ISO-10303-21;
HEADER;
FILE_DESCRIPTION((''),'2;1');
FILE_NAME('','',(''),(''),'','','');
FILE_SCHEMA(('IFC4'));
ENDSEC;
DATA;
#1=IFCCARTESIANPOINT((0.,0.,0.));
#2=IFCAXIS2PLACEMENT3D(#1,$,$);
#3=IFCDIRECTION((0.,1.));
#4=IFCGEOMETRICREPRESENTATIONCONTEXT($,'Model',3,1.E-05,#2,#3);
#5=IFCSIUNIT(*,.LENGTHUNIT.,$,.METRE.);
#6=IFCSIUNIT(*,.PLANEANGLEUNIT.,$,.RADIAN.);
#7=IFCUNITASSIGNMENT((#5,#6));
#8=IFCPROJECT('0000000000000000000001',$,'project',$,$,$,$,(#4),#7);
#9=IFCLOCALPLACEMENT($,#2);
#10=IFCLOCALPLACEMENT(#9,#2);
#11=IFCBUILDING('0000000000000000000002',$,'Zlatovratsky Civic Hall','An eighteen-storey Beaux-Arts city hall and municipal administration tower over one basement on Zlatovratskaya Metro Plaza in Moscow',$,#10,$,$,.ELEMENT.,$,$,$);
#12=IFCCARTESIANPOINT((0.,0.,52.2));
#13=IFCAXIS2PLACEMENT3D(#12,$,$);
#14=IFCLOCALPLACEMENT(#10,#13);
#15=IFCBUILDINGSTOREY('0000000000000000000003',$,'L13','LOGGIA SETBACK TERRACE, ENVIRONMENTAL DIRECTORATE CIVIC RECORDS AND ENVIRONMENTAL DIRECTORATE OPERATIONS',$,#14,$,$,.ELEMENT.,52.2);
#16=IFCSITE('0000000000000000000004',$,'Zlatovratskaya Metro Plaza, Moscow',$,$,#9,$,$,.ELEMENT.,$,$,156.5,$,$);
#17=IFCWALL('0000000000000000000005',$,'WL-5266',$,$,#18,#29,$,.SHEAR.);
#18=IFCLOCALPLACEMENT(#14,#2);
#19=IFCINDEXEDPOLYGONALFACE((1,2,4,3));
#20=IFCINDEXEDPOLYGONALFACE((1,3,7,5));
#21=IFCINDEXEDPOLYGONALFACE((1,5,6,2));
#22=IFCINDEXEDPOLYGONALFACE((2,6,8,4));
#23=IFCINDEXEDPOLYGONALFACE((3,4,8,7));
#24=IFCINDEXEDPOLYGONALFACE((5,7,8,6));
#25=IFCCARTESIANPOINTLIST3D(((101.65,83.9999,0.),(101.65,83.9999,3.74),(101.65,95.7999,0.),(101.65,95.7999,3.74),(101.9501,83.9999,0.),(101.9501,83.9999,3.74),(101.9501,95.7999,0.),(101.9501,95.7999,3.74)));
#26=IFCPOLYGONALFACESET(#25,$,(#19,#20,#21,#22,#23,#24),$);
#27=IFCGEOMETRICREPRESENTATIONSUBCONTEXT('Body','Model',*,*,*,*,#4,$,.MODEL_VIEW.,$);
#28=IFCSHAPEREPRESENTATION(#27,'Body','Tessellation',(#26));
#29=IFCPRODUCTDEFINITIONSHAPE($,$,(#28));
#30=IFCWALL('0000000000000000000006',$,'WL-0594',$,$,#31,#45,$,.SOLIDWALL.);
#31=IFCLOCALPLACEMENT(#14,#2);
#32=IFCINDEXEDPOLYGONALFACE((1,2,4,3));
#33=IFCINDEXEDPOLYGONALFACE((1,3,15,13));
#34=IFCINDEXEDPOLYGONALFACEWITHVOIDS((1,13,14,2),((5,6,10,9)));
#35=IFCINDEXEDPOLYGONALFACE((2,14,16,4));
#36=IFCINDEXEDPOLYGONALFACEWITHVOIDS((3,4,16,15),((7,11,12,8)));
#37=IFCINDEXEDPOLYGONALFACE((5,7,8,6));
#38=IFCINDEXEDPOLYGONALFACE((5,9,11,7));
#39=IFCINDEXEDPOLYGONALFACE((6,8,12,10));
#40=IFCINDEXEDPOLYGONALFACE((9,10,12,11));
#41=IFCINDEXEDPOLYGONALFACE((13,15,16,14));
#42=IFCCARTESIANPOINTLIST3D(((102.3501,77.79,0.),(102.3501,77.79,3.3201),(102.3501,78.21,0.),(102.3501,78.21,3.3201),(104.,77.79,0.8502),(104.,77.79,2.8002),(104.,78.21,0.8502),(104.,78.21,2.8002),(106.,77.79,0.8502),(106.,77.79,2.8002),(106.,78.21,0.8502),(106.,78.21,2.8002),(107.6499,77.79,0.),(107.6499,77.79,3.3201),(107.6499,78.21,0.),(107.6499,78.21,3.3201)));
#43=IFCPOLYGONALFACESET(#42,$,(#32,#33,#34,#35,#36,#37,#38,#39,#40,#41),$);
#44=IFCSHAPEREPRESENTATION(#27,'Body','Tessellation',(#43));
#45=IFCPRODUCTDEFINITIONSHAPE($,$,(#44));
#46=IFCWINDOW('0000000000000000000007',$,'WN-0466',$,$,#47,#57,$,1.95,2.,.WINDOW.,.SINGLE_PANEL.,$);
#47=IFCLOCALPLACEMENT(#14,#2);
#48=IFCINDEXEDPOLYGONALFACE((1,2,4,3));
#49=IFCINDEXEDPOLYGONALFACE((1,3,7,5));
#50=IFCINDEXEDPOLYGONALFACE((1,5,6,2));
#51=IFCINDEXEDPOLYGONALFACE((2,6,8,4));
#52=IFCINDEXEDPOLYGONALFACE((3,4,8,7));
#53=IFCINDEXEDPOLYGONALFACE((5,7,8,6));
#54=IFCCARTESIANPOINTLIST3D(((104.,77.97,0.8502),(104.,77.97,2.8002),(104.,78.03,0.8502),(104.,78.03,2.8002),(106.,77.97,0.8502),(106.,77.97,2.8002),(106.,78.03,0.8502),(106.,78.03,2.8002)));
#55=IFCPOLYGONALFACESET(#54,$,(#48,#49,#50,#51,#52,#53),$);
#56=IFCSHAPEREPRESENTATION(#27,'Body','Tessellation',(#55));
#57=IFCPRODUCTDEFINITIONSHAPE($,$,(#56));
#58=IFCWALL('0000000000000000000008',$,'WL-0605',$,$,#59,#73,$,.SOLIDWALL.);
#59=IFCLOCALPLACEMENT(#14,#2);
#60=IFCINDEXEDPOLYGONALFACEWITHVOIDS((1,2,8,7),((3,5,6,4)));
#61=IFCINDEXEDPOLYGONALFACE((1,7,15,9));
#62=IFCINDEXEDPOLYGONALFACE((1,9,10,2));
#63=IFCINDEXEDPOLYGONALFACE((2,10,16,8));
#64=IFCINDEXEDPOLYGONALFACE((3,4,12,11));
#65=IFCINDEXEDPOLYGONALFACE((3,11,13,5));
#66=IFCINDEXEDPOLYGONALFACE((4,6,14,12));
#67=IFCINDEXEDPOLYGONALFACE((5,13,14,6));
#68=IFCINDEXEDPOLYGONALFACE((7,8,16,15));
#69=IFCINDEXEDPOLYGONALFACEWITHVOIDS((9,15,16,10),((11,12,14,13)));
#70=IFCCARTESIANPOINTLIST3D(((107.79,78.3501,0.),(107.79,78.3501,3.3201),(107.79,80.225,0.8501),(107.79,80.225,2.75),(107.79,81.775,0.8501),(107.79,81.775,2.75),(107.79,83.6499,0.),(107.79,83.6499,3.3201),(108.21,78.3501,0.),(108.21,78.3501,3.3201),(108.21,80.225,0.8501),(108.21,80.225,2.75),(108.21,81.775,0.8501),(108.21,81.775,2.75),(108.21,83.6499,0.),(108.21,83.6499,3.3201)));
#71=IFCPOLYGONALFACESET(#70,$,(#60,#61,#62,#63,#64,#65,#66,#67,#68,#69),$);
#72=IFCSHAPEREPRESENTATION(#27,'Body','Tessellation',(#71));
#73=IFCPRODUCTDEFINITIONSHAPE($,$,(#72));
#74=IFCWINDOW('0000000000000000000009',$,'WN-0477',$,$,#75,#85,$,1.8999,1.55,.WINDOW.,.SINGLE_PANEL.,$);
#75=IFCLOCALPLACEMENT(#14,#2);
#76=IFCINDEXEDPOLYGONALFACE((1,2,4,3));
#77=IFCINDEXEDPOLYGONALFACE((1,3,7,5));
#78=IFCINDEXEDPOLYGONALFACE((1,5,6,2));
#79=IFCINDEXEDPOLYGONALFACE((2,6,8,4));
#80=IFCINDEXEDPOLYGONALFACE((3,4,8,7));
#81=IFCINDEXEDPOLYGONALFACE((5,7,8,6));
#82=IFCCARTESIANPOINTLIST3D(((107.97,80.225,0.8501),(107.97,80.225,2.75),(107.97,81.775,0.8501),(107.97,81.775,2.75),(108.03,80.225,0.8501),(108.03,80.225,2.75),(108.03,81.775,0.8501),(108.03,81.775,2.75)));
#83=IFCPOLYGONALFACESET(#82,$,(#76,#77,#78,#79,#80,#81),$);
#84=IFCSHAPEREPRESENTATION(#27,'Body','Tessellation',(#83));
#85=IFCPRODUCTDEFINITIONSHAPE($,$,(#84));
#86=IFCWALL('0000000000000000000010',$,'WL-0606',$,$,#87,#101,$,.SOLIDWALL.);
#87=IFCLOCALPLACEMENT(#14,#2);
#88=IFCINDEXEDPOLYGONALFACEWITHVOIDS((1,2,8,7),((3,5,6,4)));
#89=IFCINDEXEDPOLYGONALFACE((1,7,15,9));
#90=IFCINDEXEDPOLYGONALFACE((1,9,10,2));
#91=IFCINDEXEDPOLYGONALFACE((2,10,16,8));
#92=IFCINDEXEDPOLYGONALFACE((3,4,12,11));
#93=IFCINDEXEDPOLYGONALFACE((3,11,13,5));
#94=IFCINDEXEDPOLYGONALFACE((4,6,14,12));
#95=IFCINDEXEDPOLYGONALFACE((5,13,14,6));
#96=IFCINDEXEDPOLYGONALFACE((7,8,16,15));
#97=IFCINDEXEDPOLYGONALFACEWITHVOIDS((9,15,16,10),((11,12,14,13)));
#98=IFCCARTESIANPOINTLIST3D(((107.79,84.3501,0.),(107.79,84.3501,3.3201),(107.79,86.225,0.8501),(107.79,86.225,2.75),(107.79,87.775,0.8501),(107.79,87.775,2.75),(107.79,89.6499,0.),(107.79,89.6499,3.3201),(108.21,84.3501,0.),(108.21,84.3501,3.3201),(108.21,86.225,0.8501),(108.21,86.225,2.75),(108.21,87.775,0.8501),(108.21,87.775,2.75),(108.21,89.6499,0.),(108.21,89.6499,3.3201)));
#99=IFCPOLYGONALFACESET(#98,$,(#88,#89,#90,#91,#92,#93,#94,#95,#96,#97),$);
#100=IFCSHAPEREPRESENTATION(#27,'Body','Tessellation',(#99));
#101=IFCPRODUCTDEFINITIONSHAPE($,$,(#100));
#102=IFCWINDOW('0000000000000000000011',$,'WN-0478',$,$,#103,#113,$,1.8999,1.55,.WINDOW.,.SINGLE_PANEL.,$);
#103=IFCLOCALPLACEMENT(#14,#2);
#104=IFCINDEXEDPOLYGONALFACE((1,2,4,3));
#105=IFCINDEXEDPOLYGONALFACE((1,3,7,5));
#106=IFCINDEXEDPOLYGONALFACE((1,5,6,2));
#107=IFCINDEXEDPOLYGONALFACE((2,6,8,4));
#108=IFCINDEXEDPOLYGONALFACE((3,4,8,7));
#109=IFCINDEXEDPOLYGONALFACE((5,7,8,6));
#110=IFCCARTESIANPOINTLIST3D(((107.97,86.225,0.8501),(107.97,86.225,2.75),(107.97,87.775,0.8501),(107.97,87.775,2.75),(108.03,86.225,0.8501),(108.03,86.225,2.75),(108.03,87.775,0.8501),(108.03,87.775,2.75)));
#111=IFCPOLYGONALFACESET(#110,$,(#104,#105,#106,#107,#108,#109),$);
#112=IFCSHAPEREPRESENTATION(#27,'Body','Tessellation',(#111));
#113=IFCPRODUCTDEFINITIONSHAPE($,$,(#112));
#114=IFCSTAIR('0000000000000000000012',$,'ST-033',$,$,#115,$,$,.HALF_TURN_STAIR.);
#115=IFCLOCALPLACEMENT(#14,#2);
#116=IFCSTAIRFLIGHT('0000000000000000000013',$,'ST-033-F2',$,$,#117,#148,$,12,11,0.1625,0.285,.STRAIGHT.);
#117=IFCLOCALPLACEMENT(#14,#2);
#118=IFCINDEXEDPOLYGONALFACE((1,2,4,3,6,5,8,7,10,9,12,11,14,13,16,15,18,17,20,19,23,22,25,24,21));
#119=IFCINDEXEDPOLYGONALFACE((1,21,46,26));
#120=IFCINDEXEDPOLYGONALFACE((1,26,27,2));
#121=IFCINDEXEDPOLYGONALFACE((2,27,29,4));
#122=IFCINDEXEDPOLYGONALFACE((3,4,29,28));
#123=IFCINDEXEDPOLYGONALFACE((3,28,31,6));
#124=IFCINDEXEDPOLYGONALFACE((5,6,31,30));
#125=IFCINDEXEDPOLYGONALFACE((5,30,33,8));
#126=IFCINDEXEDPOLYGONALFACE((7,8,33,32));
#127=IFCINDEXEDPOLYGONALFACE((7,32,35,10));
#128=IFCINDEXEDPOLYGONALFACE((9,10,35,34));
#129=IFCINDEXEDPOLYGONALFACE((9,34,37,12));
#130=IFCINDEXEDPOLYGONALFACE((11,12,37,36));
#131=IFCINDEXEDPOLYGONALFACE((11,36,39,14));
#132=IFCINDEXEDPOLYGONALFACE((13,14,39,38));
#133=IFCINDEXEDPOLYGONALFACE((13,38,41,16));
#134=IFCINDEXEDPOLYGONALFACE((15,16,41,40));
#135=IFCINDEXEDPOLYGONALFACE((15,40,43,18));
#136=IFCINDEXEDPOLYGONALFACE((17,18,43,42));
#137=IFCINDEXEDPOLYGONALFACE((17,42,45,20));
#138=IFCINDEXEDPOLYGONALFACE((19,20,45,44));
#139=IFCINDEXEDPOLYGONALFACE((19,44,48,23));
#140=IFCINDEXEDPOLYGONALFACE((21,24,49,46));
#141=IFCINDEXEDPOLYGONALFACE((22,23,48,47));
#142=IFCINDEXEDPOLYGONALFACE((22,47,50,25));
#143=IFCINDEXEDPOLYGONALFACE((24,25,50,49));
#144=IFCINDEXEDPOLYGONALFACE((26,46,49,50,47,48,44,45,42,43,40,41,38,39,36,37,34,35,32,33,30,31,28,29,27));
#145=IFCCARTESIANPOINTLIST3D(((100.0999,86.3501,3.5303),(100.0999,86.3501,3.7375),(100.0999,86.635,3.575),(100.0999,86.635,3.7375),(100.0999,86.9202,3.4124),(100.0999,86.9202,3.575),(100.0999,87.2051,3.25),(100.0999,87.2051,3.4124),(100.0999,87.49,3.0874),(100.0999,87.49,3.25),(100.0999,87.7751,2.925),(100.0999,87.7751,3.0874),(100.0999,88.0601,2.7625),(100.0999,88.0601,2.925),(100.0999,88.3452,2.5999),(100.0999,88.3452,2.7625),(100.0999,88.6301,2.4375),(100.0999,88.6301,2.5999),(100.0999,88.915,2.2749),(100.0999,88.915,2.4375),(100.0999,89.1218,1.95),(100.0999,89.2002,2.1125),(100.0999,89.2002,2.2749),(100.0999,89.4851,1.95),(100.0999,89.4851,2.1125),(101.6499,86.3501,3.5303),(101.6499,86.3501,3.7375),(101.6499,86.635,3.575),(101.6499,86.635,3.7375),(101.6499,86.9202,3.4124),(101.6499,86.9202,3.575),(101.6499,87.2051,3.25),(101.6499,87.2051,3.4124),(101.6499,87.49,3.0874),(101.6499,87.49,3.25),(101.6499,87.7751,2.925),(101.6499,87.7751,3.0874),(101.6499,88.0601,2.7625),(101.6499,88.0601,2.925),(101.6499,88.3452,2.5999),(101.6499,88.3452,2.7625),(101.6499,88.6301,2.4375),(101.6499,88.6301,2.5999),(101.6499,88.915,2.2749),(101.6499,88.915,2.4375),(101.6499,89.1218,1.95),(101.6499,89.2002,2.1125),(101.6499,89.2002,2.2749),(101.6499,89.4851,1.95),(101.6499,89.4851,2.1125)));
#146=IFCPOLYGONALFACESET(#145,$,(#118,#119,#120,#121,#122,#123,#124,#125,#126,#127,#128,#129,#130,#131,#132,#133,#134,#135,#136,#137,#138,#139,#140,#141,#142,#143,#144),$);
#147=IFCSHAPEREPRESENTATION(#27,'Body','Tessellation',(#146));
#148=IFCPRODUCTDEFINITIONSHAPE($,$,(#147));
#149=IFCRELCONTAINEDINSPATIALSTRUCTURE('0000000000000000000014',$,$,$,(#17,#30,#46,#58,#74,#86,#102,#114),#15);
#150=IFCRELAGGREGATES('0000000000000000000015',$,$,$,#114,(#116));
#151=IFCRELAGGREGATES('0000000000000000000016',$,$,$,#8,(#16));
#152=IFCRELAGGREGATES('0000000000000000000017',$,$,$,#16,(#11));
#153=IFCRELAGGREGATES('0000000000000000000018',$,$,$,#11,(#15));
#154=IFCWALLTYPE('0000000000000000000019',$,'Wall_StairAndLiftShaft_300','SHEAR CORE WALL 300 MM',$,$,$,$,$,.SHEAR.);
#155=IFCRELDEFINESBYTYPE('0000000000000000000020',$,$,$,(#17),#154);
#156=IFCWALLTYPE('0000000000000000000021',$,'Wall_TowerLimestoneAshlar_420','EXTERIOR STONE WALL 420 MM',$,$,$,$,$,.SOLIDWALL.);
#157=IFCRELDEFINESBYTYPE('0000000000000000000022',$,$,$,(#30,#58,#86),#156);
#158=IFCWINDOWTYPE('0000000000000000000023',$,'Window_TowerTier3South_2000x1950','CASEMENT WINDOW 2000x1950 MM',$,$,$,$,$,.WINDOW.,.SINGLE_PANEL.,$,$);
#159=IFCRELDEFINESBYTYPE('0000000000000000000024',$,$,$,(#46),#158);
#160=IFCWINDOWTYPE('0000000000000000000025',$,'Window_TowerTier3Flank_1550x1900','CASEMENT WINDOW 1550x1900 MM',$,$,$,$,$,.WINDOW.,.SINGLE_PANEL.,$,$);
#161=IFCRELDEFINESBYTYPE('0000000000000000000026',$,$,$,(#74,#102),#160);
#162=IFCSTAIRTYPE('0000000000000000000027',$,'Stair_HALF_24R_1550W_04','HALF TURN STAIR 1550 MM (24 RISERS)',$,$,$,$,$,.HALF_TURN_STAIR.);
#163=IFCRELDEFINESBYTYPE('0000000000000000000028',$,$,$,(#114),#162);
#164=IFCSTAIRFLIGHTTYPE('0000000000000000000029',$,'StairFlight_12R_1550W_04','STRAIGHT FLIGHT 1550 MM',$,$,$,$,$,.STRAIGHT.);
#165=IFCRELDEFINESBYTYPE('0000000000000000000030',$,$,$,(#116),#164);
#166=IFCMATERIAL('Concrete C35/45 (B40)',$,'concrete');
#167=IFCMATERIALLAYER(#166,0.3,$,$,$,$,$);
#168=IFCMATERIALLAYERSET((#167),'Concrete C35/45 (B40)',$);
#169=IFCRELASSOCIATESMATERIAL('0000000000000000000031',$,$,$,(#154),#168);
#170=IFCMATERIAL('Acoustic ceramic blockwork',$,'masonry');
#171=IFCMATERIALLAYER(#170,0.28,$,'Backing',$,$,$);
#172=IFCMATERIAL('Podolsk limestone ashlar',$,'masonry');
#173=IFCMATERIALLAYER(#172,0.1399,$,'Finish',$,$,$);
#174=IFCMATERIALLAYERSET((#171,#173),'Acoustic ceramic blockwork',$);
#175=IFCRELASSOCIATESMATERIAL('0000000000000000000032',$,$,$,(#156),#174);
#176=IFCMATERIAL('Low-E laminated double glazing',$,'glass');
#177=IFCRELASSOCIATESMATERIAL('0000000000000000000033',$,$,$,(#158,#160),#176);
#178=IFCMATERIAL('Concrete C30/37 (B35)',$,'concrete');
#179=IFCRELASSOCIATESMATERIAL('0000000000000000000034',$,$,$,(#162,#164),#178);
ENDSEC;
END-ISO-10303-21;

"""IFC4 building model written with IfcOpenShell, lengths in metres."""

from ifc_helpers import new_model, si_unit, direction, frame, frame_2d, origin, place, context, subcontext, project, spatial, polyline, rectangle, outline, extrude, material, layer, layer_set, type_object, element, fill, aggregate, save


model = new_model("IFC4")

# Units and contexts
model_context = context("Model", 3, precision=1e-05, world=origin(), true_north=direction((0.0, 1.0)))
body_context = subcontext(model_context, "Body", "Model", "MODEL_VIEW")
ifc_project = project(units=[si_unit("LENGTHUNIT", "METRE"), si_unit("PLANEANGLEUNIT", "RADIAN")], contexts=[model_context])

# Site, building, storey
site_placement = place(None, origin())
site = spatial("IfcSite", under=ifc_project, at=site_placement, Name="Zlatovratskaya Metro Plaza, Moscow", CompositionType="ELEMENT", RefElevation=156.5)
building_placement = place(site_placement, origin())
building = spatial("IfcBuilding", under=site, at=building_placement, Name="Zlatovratsky Civic Hall", Description="An eighteen-storey Beaux-Arts city hall and municipal administration tower over one basement on Zlatovratskaya Metro Plaza in Moscow", CompositionType="ELEMENT")
storey_placement = place(building_placement, frame((0.0, 0.0, 52.2)))
storey = spatial("IfcBuildingStorey", under=building, at=storey_placement, Name="L13", Description="LOGGIA SETBACK TERRACE, ENVIRONMENTAL DIRECTORATE CIVIC RECORDS AND ENVIRONMENTAL DIRECTORATE OPERATIONS", CompositionType="ELEMENT", Elevation=52.2)

# Shared definitions
ifc_material_1 = material(Name="Concrete C35/45 (B40)", Category="concrete")

# Wall
ifc_layer_1 = layer(ifc_material_1, 0.3)
ifc_layer_set_1 = layer_set([ifc_layer_1], Name="Concrete C35/45 (B40)")
wall_type_1 = type_object("IfcWallType", Name="Wall_StairAndLiftShaft_300", Description="SHEAR CORE WALL 300 MM", PredefinedType="SHEAR", material=ifc_layer_set_1)
wall_1_placement = place(storey_placement, frame((101.8, 84.0, 0.0), z_axis=(0.0, 0.0, 1.0), x_axis=(0.0, 1.0, 0.0)))
element("IfcWall", 1, at=wall_1_placement, inside=storey, type_object=wall_type_1, Name="WL-5266", PredefinedType="SHEAR", context=body_context, shape_type="SweptSolid", body=[
    extrude(rectangle(XDim=11.8, YDim=0.3, at=frame_2d((5.8999, 0.0))), origin(), (0.0, 0.0, 1.0), 3.74),
])

# Walls, openings, windows
ifc_material_2 = material(Name="Acoustic ceramic blockwork", Category="masonry")
ifc_layer_2 = layer(ifc_material_2, 0.28, Name="Backing")
ifc_material_3 = material(Name="Podolsk limestone ashlar", Category="masonry")
ifc_layer_3 = layer(ifc_material_3, 0.1399, Name="Finish")
ifc_layer_set_2 = layer_set([ifc_layer_2, ifc_layer_3], Name="Acoustic ceramic blockwork")
wall_type_2 = type_object("IfcWallType", Name="Wall_TowerLimestoneAshlar_420", Description="EXTERIOR STONE WALL 420 MM", PredefinedType="SOLIDWALL", material=ifc_layer_set_2)
wall_2_placement = place(storey_placement, frame((102.3501, 78.0, 0.0), z_axis=(0.0, 0.0, 1.0), x_axis=(1.0, 0.0, 0.0)))
wall_2 = element("IfcWall", 2, at=wall_2_placement, inside=storey, type_object=wall_type_2, Name="WL-0594", PredefinedType="SOLIDWALL", context=body_context, shape_type="SweptSolid", body=[
    extrude(rectangle(XDim=5.2998, YDim=0.4199, at=frame_2d((2.6499, 0.0))), origin(), (0.0, 0.0, 1.0), 3.3201),
])
opening_1_placement = place(wall_2_placement, frame((1.6499, 0.0, 0.8501)))
opening_1 = element("IfcOpeningElement", 3, at=opening_1_placement, cuts=wall_2, PredefinedType="OPENING", context=body_context, shape_type="SweptSolid", body=[
    extrude(rectangle(XDim=2.0, YDim=1.95, at=frame_2d((1.0, 0.9751))), frame((0.0, 0.2249, 0.0), z_axis=(0.0, -1.0, 0.0), x_axis=(1.0, 0.0, 0.0)), (0.0, 0.0, 1.0), 0.4497),
])
ifc_material_4 = material(Name="Low-E laminated double glazing", Category="glass")
window_type_1 = type_object("IfcWindowType", Name="Window_TowerTier3South_2000x1950", Description="CASEMENT WINDOW 2000x1950 MM", PartitioningType="SINGLE_PANEL", PredefinedType="WINDOW", material=ifc_material_4)
window_1_placement = place(opening_1_placement, origin())
window_1 = element("IfcWindow", 4, at=window_1_placement, inside=storey, type_object=window_type_1, Name="WN-0466", OverallHeight=1.95, OverallWidth=2.0, PartitioningType="SINGLE_PANEL", PredefinedType="WINDOW", context=body_context, shape_type="SweptSolid", body=[
    extrude(rectangle(XDim=2.0, YDim=1.95, at=frame_2d((1.0, 0.9751))), frame((0.0, 0.03, 0.0), z_axis=(0.0, -1.0, 0.0), x_axis=(1.0, 0.0, 0.0)), (0.0, 0.0, 1.0), 0.0601),
])
fill(opening_1, window_1)
wall_3_placement = place(storey_placement, frame((108.0, 78.3501, 0.0), z_axis=(0.0, 0.0, 1.0), x_axis=(0.0, 1.0, 0.0)))
wall_3 = element("IfcWall", 5, at=wall_3_placement, inside=storey, type_object=wall_type_2, Name="WL-0605", PredefinedType="SOLIDWALL", context=body_context, shape_type="SweptSolid", body=[
    extrude(rectangle(XDim=5.2998, YDim=0.4199, at=frame_2d((2.6499, 0.0))), origin(), (0.0, 0.0, 1.0), 3.3201),
])
opening_2_placement = place(wall_3_placement, frame((1.875, 0.0, 0.8501)))
opening_2 = element("IfcOpeningElement", 6, at=opening_2_placement, cuts=wall_3, PredefinedType="OPENING", context=body_context, shape_type="SweptSolid", body=[
    extrude(rectangle(XDim=1.55, YDim=1.8999, at=frame_2d((0.7749, 0.95))), frame((0.0, 0.2249, 0.0), z_axis=(0.0, -1.0, 0.0), x_axis=(1.0, 0.0, 0.0)), (0.0, 0.0, 1.0), 0.4497),
])
window_type_2 = type_object("IfcWindowType", Name="Window_TowerTier3Flank_1550x1900", Description="CASEMENT WINDOW 1550x1900 MM", PartitioningType="SINGLE_PANEL", PredefinedType="WINDOW", material=ifc_material_4)
window_2_placement = place(opening_2_placement, origin())
window_2 = element("IfcWindow", 7, at=window_2_placement, inside=storey, type_object=window_type_2, Name="WN-0477", OverallHeight=1.8999, OverallWidth=1.55, PartitioningType="SINGLE_PANEL", PredefinedType="WINDOW", context=body_context, shape_type="SweptSolid", body=[
    extrude(rectangle(XDim=1.55, YDim=1.8999, at=frame_2d((0.7749, 0.95))), frame((0.0, 0.03, 0.0), z_axis=(0.0, -1.0, 0.0), x_axis=(1.0, 0.0, 0.0)), (0.0, 0.0, 1.0), 0.0601),
])
fill(opening_2, window_2)
wall_4_placement = place(storey_placement, frame((108.0, 84.3501, 0.0), z_axis=(0.0, 0.0, 1.0), x_axis=(0.0, 1.0, 0.0)))
wall_4 = element("IfcWall", 8, at=wall_4_placement, inside=storey, type_object=wall_type_2, Name="WL-0606", PredefinedType="SOLIDWALL", context=body_context, shape_type="SweptSolid", body=[
    extrude(rectangle(XDim=5.2998, YDim=0.4199, at=frame_2d((2.6499, 0.0))), origin(), (0.0, 0.0, 1.0), 3.3201),
])
opening_3_placement = place(wall_4_placement, frame((1.875, 0.0, 0.8501)))
opening_3 = element("IfcOpeningElement", 9, at=opening_3_placement, cuts=wall_4, PredefinedType="OPENING", context=body_context, shape_type="SweptSolid", body=[
    extrude(rectangle(XDim=1.55, YDim=1.8999, at=frame_2d((0.7749, 0.95))), frame((0.0, 0.2249, 0.0), z_axis=(0.0, -1.0, 0.0), x_axis=(1.0, 0.0, 0.0)), (0.0, 0.0, 1.0), 0.4497),
])
window_3_placement = place(opening_3_placement, origin())
window_3 = element("IfcWindow", 10, at=window_3_placement, inside=storey, type_object=window_type_2, Name="WN-0478", OverallHeight=1.8999, OverallWidth=1.55, PartitioningType="SINGLE_PANEL", PredefinedType="WINDOW", context=body_context, shape_type="SweptSolid", body=[
    extrude(rectangle(XDim=1.55, YDim=1.8999, at=frame_2d((0.7749, 0.95))), frame((0.0, 0.03, 0.0), z_axis=(0.0, -1.0, 0.0), x_axis=(1.0, 0.0, 0.0)), (0.0, 0.0, 1.0), 0.0601),
])
fill(opening_3, window_3)

# Stair, stair flight
ifc_material_5 = material(Name="Concrete C30/37 (B35)", Category="concrete")
stair_type = type_object("IfcStairType", Name="Stair_HALF_24R_1550W_04", Description="HALF TURN STAIR 1550 MM (24 RISERS)", PredefinedType="HALF_TURN_STAIR", material=ifc_material_5)
stair_placement = place(storey_placement, origin())
stair = element("IfcStair", 11, at=stair_placement, inside=storey, type_object=stair_type, Name="ST-033", PredefinedType="HALF_TURN_STAIR")
stair_flight_type = type_object("IfcStairFlightType", Name="StairFlight_12R_1550W_04", Description="STRAIGHT FLIGHT 1550 MM", PredefinedType="STRAIGHT", material=ifc_material_5)
stair_flight_placement = place(storey_placement, frame((100.875, 89.4851, 1.95), z_axis=(0.0, 0.0, 1.0), x_axis=(0.0, -1.0, 0.0)))
stair_flight = element("IfcStairFlight", 12, at=stair_flight_placement, type_object=stair_flight_type, Name="ST-033-F2", NumberOfRisers=12, NumberOfTreads=11, PredefinedType="STRAIGHT", RiserHeight=0.1625, TreadLength=0.285, context=body_context, shape_type="SweptSolid", body=[
    extrude(outline(polyline([(0.0, 0.0), (0.0, 0.1626), (0.2849, 0.1626), (0.2849, 0.325), (0.5701, 0.325), (0.5701, 0.4875), (0.855, 0.4875), (0.855, 0.6499), (1.1399, 0.6499), (1.1399, 0.8125), (1.425, 0.8125), (1.425, 0.9751), (1.71, 0.9751), (1.71, 1.1375), (1.9951, 1.1375), (1.9951, 1.3), (2.28, 1.3), (2.28, 1.4624), (2.5649, 1.4624), (2.5649, 1.625), (2.8501, 1.625), (2.8501, 1.7876), (3.135, 1.7876), (3.135, 1.95), (3.135, 1.5803), (0.3633, 0.0), (0.0, 0.0)])), frame((0.0, 0.7749, 0.0), z_axis=(0.0, -1.0, 0.0), x_axis=(1.0, 0.0, 0.0)), (0.0, 0.0, 1.0), 1.55),
])
aggregate(stair, [stair_flight])

save(model, "model.ifc")
